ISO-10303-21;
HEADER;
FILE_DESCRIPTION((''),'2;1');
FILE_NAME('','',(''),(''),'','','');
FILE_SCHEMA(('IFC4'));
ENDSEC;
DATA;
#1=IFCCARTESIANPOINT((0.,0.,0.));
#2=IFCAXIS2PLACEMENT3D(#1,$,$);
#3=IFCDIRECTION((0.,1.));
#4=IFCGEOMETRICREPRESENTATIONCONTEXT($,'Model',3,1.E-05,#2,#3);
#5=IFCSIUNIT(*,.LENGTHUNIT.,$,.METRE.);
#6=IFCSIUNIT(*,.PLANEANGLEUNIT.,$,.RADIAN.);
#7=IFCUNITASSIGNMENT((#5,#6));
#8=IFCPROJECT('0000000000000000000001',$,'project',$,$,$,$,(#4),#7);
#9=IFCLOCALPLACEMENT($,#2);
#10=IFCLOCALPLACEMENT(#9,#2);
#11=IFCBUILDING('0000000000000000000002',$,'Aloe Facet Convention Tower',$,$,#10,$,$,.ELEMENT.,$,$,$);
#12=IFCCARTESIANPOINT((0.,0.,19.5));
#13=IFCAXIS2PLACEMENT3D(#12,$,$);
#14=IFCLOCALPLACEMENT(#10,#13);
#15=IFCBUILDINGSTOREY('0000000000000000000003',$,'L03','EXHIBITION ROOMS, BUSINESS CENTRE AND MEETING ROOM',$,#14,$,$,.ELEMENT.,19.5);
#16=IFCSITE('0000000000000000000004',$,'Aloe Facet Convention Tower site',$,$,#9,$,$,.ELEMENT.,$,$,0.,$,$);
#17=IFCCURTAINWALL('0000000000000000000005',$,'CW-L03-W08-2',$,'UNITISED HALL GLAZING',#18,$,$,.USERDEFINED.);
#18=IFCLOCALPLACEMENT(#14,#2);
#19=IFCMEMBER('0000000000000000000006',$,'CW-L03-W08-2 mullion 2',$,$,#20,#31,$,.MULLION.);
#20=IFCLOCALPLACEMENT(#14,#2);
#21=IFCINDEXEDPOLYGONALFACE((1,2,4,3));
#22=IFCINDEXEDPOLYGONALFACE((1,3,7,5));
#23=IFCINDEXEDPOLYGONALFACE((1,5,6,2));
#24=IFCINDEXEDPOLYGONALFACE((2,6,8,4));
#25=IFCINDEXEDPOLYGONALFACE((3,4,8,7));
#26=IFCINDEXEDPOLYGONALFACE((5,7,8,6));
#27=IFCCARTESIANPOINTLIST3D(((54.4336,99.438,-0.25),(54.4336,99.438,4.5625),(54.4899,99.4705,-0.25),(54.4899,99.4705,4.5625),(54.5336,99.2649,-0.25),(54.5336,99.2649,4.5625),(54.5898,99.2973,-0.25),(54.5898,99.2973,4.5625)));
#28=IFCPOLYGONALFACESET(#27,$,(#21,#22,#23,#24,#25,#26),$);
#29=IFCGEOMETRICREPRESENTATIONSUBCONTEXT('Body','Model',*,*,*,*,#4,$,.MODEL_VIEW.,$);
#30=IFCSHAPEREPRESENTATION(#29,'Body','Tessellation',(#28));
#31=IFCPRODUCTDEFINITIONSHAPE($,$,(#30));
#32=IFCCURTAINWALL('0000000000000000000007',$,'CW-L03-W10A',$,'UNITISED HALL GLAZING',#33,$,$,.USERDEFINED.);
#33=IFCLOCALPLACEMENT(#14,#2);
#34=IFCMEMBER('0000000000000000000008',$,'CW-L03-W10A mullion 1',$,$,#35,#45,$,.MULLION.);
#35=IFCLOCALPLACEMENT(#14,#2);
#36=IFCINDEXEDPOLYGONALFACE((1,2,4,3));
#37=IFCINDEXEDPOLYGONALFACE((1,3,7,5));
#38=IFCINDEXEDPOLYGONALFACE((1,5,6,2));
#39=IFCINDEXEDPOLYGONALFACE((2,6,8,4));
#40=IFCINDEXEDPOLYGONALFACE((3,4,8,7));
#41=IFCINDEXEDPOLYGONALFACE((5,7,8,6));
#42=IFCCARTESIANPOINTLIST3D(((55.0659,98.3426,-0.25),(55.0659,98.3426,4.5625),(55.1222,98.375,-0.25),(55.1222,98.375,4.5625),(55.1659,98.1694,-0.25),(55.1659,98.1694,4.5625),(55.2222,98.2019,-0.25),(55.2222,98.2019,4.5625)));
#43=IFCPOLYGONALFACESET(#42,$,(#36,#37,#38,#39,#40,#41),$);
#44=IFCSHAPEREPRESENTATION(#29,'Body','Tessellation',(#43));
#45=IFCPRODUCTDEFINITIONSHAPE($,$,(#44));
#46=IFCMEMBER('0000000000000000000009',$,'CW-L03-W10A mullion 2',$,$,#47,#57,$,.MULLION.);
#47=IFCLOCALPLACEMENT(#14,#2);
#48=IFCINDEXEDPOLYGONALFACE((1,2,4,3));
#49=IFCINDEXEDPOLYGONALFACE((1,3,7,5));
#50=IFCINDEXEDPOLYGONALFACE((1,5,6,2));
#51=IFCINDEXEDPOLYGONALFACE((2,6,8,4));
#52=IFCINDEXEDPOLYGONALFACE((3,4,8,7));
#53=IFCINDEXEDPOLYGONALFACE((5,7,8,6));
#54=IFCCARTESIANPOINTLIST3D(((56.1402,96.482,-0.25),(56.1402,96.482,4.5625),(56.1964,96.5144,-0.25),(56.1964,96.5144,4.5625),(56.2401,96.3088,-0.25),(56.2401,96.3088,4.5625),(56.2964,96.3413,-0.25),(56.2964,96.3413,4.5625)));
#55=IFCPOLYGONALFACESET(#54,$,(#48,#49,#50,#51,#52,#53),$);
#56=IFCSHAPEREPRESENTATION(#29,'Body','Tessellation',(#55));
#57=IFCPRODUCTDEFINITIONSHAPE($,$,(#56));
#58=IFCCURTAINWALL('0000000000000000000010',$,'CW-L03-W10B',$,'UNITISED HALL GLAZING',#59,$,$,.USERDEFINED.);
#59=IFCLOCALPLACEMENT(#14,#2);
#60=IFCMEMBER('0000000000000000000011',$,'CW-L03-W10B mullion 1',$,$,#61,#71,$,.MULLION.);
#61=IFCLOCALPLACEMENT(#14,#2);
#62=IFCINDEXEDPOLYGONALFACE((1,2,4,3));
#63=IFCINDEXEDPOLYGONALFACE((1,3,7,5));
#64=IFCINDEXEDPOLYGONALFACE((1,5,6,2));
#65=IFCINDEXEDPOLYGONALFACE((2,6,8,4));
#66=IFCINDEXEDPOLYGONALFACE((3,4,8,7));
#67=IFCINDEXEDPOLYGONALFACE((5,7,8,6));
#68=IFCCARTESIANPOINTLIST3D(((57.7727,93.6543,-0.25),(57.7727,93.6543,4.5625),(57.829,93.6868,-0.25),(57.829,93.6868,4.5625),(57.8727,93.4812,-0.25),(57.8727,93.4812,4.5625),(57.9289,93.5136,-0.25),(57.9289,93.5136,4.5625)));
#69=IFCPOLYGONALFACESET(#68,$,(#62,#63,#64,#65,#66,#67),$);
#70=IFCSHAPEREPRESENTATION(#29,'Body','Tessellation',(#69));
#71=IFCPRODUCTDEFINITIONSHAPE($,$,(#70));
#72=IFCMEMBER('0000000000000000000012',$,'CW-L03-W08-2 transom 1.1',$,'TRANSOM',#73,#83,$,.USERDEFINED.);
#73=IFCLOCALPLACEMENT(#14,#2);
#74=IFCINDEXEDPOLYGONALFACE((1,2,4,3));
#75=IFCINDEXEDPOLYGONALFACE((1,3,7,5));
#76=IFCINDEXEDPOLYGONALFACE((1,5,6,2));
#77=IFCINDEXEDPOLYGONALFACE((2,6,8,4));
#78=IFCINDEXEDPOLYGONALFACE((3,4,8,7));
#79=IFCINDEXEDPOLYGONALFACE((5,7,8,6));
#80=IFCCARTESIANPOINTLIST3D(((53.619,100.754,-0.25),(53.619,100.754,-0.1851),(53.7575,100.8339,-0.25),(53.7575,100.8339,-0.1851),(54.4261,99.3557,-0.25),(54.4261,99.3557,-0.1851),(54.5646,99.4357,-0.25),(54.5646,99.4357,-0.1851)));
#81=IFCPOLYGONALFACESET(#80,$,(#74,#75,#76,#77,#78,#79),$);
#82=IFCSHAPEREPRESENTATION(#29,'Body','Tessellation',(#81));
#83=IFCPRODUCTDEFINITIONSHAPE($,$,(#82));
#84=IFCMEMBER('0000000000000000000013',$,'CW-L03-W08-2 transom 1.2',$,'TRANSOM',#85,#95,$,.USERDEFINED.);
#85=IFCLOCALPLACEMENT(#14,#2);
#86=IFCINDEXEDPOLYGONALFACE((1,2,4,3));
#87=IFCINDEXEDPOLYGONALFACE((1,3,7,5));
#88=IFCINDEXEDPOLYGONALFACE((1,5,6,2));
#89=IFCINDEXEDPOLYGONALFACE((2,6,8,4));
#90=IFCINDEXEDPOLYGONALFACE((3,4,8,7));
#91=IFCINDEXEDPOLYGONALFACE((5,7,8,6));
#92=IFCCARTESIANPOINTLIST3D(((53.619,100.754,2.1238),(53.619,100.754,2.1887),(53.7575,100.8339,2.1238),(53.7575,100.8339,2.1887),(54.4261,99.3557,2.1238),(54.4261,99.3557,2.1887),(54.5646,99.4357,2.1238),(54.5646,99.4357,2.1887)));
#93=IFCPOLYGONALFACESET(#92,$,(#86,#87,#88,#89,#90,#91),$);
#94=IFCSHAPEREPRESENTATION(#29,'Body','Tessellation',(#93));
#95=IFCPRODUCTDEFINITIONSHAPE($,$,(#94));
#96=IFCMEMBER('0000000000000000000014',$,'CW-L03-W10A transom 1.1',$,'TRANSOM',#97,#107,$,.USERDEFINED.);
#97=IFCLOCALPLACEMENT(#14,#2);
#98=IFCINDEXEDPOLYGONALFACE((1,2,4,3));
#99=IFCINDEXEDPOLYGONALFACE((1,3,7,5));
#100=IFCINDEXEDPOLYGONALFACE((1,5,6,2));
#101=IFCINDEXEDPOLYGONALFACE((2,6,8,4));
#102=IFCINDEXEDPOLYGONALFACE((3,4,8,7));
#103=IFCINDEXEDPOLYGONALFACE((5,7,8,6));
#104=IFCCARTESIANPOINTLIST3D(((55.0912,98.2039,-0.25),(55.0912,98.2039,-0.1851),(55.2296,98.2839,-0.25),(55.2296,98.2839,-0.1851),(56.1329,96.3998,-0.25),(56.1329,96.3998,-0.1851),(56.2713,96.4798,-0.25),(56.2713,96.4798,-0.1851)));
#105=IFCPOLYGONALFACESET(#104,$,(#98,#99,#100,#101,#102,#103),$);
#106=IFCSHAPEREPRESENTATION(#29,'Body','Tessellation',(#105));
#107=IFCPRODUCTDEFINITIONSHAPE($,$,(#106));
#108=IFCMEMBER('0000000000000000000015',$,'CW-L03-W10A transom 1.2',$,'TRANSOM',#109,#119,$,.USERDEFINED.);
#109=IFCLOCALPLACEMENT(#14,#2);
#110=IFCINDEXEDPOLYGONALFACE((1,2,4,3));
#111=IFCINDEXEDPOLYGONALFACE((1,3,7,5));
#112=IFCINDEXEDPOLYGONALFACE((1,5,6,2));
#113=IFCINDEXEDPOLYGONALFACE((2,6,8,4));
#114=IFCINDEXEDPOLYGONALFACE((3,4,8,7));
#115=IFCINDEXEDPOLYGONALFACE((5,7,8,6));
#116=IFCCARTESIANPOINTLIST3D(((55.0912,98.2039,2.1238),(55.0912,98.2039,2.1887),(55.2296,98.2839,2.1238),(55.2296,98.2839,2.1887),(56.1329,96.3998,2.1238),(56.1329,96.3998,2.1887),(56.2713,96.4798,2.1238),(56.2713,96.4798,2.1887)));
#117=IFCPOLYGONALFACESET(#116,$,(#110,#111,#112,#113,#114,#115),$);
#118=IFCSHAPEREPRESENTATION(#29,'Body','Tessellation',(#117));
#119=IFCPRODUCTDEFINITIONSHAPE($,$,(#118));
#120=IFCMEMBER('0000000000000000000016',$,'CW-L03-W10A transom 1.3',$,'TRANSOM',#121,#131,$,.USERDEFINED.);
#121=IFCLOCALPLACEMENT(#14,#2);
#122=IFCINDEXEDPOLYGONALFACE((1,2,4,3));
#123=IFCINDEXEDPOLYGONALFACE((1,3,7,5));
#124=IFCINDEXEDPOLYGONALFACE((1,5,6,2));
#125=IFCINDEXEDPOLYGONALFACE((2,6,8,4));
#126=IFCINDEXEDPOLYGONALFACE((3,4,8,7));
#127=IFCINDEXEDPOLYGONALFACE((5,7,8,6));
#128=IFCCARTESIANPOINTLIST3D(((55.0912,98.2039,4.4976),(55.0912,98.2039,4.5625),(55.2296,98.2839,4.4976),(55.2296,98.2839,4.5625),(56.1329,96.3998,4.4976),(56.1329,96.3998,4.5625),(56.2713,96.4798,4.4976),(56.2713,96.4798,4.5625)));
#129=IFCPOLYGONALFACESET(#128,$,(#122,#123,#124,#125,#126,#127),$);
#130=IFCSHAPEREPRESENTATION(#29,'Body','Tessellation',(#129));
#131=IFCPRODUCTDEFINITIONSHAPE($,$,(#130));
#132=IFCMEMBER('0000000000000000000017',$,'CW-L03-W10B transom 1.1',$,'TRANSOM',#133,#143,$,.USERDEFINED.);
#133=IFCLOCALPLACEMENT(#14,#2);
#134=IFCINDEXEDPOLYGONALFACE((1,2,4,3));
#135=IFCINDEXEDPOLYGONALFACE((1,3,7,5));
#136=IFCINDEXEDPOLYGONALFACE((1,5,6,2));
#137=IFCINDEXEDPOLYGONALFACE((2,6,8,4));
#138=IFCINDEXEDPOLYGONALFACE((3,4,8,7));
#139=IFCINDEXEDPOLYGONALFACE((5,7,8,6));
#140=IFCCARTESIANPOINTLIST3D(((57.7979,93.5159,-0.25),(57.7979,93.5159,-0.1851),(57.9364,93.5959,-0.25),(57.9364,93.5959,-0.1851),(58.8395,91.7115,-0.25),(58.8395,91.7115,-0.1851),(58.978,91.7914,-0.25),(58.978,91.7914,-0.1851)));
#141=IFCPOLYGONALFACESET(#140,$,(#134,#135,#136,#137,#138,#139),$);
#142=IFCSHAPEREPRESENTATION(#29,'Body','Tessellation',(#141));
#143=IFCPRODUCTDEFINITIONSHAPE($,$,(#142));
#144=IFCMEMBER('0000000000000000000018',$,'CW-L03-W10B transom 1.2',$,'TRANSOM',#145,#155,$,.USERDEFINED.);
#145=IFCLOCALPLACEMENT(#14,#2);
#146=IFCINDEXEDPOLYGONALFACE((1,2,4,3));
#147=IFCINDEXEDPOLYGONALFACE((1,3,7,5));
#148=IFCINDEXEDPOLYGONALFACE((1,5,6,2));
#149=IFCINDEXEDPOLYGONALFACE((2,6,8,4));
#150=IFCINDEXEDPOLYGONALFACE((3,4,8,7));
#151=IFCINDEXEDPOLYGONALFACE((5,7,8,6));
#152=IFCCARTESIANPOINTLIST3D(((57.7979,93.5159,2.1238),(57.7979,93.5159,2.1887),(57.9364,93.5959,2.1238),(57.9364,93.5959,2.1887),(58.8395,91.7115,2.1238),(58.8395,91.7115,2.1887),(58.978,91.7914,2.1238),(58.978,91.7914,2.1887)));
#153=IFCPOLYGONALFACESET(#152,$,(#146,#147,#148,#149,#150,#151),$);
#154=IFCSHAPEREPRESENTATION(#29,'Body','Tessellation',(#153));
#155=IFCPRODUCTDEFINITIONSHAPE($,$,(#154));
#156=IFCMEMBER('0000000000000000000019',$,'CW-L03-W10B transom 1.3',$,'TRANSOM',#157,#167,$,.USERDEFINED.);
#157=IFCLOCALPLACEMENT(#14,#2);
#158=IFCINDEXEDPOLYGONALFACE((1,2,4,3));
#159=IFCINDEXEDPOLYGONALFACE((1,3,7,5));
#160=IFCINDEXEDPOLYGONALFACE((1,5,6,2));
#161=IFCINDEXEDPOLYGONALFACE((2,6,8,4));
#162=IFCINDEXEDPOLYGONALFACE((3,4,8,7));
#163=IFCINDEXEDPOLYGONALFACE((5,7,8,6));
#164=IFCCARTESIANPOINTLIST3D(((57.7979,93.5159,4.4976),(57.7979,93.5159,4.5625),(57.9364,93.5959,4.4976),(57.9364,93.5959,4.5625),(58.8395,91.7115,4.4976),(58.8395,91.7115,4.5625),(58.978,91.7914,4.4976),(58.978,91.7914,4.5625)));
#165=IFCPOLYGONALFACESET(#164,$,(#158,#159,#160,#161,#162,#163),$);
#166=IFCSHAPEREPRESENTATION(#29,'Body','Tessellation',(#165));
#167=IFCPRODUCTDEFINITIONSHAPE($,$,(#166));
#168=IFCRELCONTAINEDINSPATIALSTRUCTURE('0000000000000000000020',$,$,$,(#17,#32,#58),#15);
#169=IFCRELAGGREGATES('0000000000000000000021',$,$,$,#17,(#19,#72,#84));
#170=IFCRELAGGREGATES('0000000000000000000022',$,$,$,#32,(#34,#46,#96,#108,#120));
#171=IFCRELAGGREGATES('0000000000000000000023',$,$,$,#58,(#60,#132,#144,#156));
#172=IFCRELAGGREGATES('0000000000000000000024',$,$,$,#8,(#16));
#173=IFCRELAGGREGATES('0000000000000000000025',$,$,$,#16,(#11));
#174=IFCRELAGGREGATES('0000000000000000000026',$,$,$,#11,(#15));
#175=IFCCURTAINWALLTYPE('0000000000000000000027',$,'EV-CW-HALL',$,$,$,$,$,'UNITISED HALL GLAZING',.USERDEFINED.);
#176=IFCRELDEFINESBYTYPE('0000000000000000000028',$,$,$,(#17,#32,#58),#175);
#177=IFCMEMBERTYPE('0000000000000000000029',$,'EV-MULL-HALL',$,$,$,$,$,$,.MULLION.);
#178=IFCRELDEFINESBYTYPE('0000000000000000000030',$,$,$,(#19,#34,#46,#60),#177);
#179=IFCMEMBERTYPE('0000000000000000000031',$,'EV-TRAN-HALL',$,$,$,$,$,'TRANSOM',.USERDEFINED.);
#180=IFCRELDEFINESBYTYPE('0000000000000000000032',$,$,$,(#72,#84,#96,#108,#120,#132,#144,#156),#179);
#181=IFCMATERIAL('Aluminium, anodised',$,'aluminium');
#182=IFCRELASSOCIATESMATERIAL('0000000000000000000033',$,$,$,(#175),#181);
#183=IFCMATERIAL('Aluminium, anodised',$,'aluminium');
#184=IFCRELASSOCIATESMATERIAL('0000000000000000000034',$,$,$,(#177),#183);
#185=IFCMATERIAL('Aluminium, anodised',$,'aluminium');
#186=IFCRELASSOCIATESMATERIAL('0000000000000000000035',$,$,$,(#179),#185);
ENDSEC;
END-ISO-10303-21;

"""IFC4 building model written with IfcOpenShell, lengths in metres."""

from ifc_helpers import new_model, si_unit, direction, frame, origin, origin_2d, place, context, subcontext, project, spatial, rectangle, extrude, material, material_profile, profile_set, type_object, element, aggregate, save


model = new_model("IFC4")

# Units and contexts
model_context = context("Model", 3, precision=1e-05, world=origin(), true_north=direction((0.0, 1.0)))
body_context = subcontext(model_context, "Body", "Model", "MODEL_VIEW")
ifc_project = project(units=[si_unit("LENGTHUNIT", "METRE"), si_unit("PLANEANGLEUNIT", "RADIAN")], contexts=[model_context])

# Site, building, storey
site_placement = place(None, origin())
site = spatial("IfcSite", under=ifc_project, at=site_placement, Name="Aloe Facet Convention Tower site", CompositionType="ELEMENT", RefElevation=0.0)
building_placement = place(site_placement, origin())
building = spatial("IfcBuilding", under=site, at=building_placement, Name="Aloe Facet Convention Tower", CompositionType="ELEMENT")
storey_placement = place(building_placement, frame((0.0, 0.0, 19.5)))
storey = spatial("IfcBuildingStorey", under=building, at=storey_placement, Name="L03", Description="EXHIBITION ROOMS, BUSINESS CENTRE AND MEETING ROOM", CompositionType="ELEMENT", Elevation=19.5)

# Curtain wall, member
ifc_material_1 = material(Name="Aluminium, anodised", Category="aluminium")
curtain_wall_type = type_object("IfcCurtainWallType", Name="EV-CW-HALL", ElementType="UNITISED HALL GLAZING", PredefinedType="USERDEFINED", material=ifc_material_1)
curtain_wall_1_placement = place(storey_placement, origin())
curtain_wall_1 = element("IfcCurtainWall", 1, at=curtain_wall_1_placement, inside=storey, type_object=curtain_wall_type, Name="CW-L03-W08-2", ObjectType="UNITISED HALL GLAZING", PredefinedType="USERDEFINED")
ifc_material_2 = material(Name="Aluminium, anodised", Category="aluminium")
ifc_material_profile_1 = material_profile(ifc_material_2, rectangle(XDim=0.0649, YDim=0.2, at=origin_2d()), Name="AL 65x200")
ifc_profile_set_1 = profile_set([ifc_material_profile_1], Name="Aluminium, anodised")
member_type_1 = type_object("IfcMemberType", Name="EV-MULL-HALL", PredefinedType="MULLION", material=ifc_profile_set_1)
member_1_placement = place(storey_placement, frame((54.5117, 99.3677, -0.25), z_axis=(0.0, 0.0, 1.0), x_axis=(0.866025, 0.5, 0.0)))
member_1 = element("IfcMember", 2, at=member_1_placement, type_object=member_type_1, Name="CW-L03-W08-2 mullion 2", PredefinedType="MULLION", context=body_context, shape_type="SweptSolid", body=[
    extrude(rectangle(XDim=0.0649, YDim=0.2, at=origin_2d()), origin(), (0.0, 0.0, 1.0), 4.8125),
])

# Curtain wall, members
curtain_wall_2_placement = place(storey_placement, origin())
curtain_wall_2 = element("IfcCurtainWall", 3, at=curtain_wall_2_placement, inside=storey, type_object=curtain_wall_type, Name="CW-L03-W10A", ObjectType="UNITISED HALL GLAZING", PredefinedType="USERDEFINED")
member_2_placement = place(storey_placement, frame((55.144, 98.2722, -0.25), z_axis=(0.0, 0.0, 1.0), x_axis=(0.866025, 0.5, 0.0)))
member_2 = element("IfcMember", 4, at=member_2_placement, type_object=member_type_1, Name="CW-L03-W10A mullion 1", PredefinedType="MULLION", context=body_context, shape_type="SweptSolid", body=[
    extrude(rectangle(XDim=0.0649, YDim=0.2, at=origin_2d()), origin(), (0.0, 0.0, 1.0), 4.8125),
])
member_3_placement = place(storey_placement, frame((56.2183, 96.4116, -0.25), z_axis=(0.0, 0.0, 1.0), x_axis=(0.866025, 0.5, 0.0)))
member_3 = element("IfcMember", 5, at=member_3_placement, type_object=member_type_1, Name="CW-L03-W10A mullion 2", PredefinedType="MULLION", context=body_context, shape_type="SweptSolid", body=[
    extrude(rectangle(XDim=0.0649, YDim=0.2, at=origin_2d()), origin(), (0.0, 0.0, 1.0), 4.8125),
])

# Curtain wall, member
curtain_wall_3_placement = place(storey_placement, origin())
curtain_wall_3 = element("IfcCurtainWall", 6, at=curtain_wall_3_placement, inside=storey, type_object=curtain_wall_type, Name="CW-L03-W10B", ObjectType="UNITISED HALL GLAZING", PredefinedType="USERDEFINED")
member_4_placement = place(storey_placement, frame((57.8508, 93.584, -0.25), z_axis=(0.0, 0.0, 1.0), x_axis=(0.866025, 0.5, 0.0)))
member_4 = element("IfcMember", 7, at=member_4_placement, type_object=member_type_1, Name="CW-L03-W10B mullion 1", PredefinedType="MULLION", context=body_context, shape_type="SweptSolid", body=[
    extrude(rectangle(XDim=0.0649, YDim=0.2, at=origin_2d()), origin(), (0.0, 0.0, 1.0), 4.8125),
])

# Members
ifc_material_3 = material(Name="Aluminium, anodised", Category="aluminium")
ifc_material_profile_2 = material_profile(ifc_material_3, rectangle(XDim=0.1599, YDim=0.0649, at=origin_2d()), Name="AL 160x65")
ifc_profile_set_2 = profile_set([ifc_material_profile_2], Name="Aluminium, anodised")
member_type_2 = type_object("IfcMemberType", Name="EV-TRAN-HALL", ElementType="TRANSOM", PredefinedType="USERDEFINED", material=ifc_profile_set_2)
member_5_placement = place(storey_placement, frame((53.6882, 100.7939, -0.2175), z_axis=(0.499945, -0.866057, 0.0), x_axis=(0.866057, 0.499945, 0.0)))
member_5 = element("IfcMember", 8, at=member_5_placement, type_object=member_type_2, Name="CW-L03-W08-2 transom 1.1", ObjectType="TRANSOM", PredefinedType="USERDEFINED", context=body_context, shape_type="SweptSolid", body=[
    extrude(rectangle(XDim=0.1599, YDim=0.0649, at=origin_2d()), origin(), (0.0, 0.0, 1.0), 1.6145),
])
member_6_placement = place(storey_placement, frame((53.6882, 100.7939, 2.1562), z_axis=(0.499945, -0.866057, 0.0), x_axis=(0.866057, 0.499945, 0.0)))
member_6 = element("IfcMember", 9, at=member_6_placement, type_object=member_type_2, Name="CW-L03-W08-2 transom 1.2", ObjectType="TRANSOM", PredefinedType="USERDEFINED", context=body_context, shape_type="SweptSolid", body=[
    extrude(rectangle(XDim=0.1599, YDim=0.0649, at=origin_2d()), origin(), (0.0, 0.0, 1.0), 1.6145),
])
member_7_placement = place(storey_placement, frame((55.1604, 98.2439, -0.2175), z_axis=(0.500034, -0.866006, 0.0), x_axis=(0.866006, 0.500034, 0.0)))
member_7 = element("IfcMember", 10, at=member_7_placement, type_object=member_type_2, Name="CW-L03-W10A transom 1.1", ObjectType="TRANSOM", PredefinedType="USERDEFINED", context=body_context, shape_type="SweptSolid", body=[
    extrude(rectangle(XDim=0.1599, YDim=0.0649, at=origin_2d()), origin(), (0.0, 0.0, 1.0), 2.0833),
])
member_8_placement = place(storey_placement, frame((55.1604, 98.2439, 2.1562), z_axis=(0.500034, -0.866006, 0.0), x_axis=(0.866006, 0.500034, 0.0)))
member_8 = element("IfcMember", 11, at=member_8_placement, type_object=member_type_2, Name="CW-L03-W10A transom 1.2", ObjectType="TRANSOM", PredefinedType="USERDEFINED", context=body_context, shape_type="SweptSolid", body=[
    extrude(rectangle(XDim=0.1599, YDim=0.0649, at=origin_2d()), origin(), (0.0, 0.0, 1.0), 2.0833),
])
member_9_placement = place(storey_placement, frame((55.1604, 98.2439, 4.53), z_axis=(0.500034, -0.866006, 0.0), x_axis=(0.866006, 0.500034, 0.0)))
member_9 = element("IfcMember", 12, at=member_9_placement, type_object=member_type_2, Name="CW-L03-W10A transom 1.3", ObjectType="TRANSOM", PredefinedType="USERDEFINED", context=body_context, shape_type="SweptSolid", body=[
    extrude(rectangle(XDim=0.1599, YDim=0.0649, at=origin_2d()), origin(), (0.0, 0.0, 1.0), 2.0833),
])
member_10_placement = place(storey_placement, frame((57.8672, 93.5559, -0.2175), z_axis=(0.499895, -0.866086, 0.0), x_axis=(0.866086, 0.499895, 0.0)))
member_10 = element("IfcMember", 13, at=member_10_placement, type_object=member_type_2, Name="CW-L03-W10B transom 1.1", ObjectType="TRANSOM", PredefinedType="USERDEFINED", context=body_context, shape_type="SweptSolid", body=[
    extrude(rectangle(XDim=0.1599, YDim=0.0649, at=origin_2d()), origin(), (0.0, 0.0, 1.0), 2.0835),
])
member_11_placement = place(storey_placement, frame((57.8672, 93.5559, 2.1562), z_axis=(0.499895, -0.866086, 0.0), x_axis=(0.866086, 0.499895, 0.0)))
member_11 = element("IfcMember", 14, at=member_11_placement, type_object=member_type_2, Name="CW-L03-W10B transom 1.2", ObjectType="TRANSOM", PredefinedType="USERDEFINED", context=body_context, shape_type="SweptSolid", body=[
    extrude(rectangle(XDim=0.1599, YDim=0.0649, at=origin_2d()), origin(), (0.0, 0.0, 1.0), 2.0835),
])
member_12_placement = place(storey_placement, frame((57.8672, 93.5559, 4.53), z_axis=(0.499895, -0.866086, 0.0), x_axis=(0.866086, 0.499895, 0.0)))
member_12 = element("IfcMember", 15, at=member_12_placement, type_object=member_type_2, Name="CW-L03-W10B transom 1.3", ObjectType="TRANSOM", PredefinedType="USERDEFINED", context=body_context, shape_type="SweptSolid", body=[
    extrude(rectangle(XDim=0.1599, YDim=0.0649, at=origin_2d()), origin(), (0.0, 0.0, 1.0), 2.0835),
])

aggregate(curtain_wall_1, [member_1, member_5, member_6])
aggregate(curtain_wall_2, [member_2, member_3, member_7, member_8, member_9])
aggregate(curtain_wall_3, [member_4, member_10, member_11, member_12])

save(model, "model.ifc")
